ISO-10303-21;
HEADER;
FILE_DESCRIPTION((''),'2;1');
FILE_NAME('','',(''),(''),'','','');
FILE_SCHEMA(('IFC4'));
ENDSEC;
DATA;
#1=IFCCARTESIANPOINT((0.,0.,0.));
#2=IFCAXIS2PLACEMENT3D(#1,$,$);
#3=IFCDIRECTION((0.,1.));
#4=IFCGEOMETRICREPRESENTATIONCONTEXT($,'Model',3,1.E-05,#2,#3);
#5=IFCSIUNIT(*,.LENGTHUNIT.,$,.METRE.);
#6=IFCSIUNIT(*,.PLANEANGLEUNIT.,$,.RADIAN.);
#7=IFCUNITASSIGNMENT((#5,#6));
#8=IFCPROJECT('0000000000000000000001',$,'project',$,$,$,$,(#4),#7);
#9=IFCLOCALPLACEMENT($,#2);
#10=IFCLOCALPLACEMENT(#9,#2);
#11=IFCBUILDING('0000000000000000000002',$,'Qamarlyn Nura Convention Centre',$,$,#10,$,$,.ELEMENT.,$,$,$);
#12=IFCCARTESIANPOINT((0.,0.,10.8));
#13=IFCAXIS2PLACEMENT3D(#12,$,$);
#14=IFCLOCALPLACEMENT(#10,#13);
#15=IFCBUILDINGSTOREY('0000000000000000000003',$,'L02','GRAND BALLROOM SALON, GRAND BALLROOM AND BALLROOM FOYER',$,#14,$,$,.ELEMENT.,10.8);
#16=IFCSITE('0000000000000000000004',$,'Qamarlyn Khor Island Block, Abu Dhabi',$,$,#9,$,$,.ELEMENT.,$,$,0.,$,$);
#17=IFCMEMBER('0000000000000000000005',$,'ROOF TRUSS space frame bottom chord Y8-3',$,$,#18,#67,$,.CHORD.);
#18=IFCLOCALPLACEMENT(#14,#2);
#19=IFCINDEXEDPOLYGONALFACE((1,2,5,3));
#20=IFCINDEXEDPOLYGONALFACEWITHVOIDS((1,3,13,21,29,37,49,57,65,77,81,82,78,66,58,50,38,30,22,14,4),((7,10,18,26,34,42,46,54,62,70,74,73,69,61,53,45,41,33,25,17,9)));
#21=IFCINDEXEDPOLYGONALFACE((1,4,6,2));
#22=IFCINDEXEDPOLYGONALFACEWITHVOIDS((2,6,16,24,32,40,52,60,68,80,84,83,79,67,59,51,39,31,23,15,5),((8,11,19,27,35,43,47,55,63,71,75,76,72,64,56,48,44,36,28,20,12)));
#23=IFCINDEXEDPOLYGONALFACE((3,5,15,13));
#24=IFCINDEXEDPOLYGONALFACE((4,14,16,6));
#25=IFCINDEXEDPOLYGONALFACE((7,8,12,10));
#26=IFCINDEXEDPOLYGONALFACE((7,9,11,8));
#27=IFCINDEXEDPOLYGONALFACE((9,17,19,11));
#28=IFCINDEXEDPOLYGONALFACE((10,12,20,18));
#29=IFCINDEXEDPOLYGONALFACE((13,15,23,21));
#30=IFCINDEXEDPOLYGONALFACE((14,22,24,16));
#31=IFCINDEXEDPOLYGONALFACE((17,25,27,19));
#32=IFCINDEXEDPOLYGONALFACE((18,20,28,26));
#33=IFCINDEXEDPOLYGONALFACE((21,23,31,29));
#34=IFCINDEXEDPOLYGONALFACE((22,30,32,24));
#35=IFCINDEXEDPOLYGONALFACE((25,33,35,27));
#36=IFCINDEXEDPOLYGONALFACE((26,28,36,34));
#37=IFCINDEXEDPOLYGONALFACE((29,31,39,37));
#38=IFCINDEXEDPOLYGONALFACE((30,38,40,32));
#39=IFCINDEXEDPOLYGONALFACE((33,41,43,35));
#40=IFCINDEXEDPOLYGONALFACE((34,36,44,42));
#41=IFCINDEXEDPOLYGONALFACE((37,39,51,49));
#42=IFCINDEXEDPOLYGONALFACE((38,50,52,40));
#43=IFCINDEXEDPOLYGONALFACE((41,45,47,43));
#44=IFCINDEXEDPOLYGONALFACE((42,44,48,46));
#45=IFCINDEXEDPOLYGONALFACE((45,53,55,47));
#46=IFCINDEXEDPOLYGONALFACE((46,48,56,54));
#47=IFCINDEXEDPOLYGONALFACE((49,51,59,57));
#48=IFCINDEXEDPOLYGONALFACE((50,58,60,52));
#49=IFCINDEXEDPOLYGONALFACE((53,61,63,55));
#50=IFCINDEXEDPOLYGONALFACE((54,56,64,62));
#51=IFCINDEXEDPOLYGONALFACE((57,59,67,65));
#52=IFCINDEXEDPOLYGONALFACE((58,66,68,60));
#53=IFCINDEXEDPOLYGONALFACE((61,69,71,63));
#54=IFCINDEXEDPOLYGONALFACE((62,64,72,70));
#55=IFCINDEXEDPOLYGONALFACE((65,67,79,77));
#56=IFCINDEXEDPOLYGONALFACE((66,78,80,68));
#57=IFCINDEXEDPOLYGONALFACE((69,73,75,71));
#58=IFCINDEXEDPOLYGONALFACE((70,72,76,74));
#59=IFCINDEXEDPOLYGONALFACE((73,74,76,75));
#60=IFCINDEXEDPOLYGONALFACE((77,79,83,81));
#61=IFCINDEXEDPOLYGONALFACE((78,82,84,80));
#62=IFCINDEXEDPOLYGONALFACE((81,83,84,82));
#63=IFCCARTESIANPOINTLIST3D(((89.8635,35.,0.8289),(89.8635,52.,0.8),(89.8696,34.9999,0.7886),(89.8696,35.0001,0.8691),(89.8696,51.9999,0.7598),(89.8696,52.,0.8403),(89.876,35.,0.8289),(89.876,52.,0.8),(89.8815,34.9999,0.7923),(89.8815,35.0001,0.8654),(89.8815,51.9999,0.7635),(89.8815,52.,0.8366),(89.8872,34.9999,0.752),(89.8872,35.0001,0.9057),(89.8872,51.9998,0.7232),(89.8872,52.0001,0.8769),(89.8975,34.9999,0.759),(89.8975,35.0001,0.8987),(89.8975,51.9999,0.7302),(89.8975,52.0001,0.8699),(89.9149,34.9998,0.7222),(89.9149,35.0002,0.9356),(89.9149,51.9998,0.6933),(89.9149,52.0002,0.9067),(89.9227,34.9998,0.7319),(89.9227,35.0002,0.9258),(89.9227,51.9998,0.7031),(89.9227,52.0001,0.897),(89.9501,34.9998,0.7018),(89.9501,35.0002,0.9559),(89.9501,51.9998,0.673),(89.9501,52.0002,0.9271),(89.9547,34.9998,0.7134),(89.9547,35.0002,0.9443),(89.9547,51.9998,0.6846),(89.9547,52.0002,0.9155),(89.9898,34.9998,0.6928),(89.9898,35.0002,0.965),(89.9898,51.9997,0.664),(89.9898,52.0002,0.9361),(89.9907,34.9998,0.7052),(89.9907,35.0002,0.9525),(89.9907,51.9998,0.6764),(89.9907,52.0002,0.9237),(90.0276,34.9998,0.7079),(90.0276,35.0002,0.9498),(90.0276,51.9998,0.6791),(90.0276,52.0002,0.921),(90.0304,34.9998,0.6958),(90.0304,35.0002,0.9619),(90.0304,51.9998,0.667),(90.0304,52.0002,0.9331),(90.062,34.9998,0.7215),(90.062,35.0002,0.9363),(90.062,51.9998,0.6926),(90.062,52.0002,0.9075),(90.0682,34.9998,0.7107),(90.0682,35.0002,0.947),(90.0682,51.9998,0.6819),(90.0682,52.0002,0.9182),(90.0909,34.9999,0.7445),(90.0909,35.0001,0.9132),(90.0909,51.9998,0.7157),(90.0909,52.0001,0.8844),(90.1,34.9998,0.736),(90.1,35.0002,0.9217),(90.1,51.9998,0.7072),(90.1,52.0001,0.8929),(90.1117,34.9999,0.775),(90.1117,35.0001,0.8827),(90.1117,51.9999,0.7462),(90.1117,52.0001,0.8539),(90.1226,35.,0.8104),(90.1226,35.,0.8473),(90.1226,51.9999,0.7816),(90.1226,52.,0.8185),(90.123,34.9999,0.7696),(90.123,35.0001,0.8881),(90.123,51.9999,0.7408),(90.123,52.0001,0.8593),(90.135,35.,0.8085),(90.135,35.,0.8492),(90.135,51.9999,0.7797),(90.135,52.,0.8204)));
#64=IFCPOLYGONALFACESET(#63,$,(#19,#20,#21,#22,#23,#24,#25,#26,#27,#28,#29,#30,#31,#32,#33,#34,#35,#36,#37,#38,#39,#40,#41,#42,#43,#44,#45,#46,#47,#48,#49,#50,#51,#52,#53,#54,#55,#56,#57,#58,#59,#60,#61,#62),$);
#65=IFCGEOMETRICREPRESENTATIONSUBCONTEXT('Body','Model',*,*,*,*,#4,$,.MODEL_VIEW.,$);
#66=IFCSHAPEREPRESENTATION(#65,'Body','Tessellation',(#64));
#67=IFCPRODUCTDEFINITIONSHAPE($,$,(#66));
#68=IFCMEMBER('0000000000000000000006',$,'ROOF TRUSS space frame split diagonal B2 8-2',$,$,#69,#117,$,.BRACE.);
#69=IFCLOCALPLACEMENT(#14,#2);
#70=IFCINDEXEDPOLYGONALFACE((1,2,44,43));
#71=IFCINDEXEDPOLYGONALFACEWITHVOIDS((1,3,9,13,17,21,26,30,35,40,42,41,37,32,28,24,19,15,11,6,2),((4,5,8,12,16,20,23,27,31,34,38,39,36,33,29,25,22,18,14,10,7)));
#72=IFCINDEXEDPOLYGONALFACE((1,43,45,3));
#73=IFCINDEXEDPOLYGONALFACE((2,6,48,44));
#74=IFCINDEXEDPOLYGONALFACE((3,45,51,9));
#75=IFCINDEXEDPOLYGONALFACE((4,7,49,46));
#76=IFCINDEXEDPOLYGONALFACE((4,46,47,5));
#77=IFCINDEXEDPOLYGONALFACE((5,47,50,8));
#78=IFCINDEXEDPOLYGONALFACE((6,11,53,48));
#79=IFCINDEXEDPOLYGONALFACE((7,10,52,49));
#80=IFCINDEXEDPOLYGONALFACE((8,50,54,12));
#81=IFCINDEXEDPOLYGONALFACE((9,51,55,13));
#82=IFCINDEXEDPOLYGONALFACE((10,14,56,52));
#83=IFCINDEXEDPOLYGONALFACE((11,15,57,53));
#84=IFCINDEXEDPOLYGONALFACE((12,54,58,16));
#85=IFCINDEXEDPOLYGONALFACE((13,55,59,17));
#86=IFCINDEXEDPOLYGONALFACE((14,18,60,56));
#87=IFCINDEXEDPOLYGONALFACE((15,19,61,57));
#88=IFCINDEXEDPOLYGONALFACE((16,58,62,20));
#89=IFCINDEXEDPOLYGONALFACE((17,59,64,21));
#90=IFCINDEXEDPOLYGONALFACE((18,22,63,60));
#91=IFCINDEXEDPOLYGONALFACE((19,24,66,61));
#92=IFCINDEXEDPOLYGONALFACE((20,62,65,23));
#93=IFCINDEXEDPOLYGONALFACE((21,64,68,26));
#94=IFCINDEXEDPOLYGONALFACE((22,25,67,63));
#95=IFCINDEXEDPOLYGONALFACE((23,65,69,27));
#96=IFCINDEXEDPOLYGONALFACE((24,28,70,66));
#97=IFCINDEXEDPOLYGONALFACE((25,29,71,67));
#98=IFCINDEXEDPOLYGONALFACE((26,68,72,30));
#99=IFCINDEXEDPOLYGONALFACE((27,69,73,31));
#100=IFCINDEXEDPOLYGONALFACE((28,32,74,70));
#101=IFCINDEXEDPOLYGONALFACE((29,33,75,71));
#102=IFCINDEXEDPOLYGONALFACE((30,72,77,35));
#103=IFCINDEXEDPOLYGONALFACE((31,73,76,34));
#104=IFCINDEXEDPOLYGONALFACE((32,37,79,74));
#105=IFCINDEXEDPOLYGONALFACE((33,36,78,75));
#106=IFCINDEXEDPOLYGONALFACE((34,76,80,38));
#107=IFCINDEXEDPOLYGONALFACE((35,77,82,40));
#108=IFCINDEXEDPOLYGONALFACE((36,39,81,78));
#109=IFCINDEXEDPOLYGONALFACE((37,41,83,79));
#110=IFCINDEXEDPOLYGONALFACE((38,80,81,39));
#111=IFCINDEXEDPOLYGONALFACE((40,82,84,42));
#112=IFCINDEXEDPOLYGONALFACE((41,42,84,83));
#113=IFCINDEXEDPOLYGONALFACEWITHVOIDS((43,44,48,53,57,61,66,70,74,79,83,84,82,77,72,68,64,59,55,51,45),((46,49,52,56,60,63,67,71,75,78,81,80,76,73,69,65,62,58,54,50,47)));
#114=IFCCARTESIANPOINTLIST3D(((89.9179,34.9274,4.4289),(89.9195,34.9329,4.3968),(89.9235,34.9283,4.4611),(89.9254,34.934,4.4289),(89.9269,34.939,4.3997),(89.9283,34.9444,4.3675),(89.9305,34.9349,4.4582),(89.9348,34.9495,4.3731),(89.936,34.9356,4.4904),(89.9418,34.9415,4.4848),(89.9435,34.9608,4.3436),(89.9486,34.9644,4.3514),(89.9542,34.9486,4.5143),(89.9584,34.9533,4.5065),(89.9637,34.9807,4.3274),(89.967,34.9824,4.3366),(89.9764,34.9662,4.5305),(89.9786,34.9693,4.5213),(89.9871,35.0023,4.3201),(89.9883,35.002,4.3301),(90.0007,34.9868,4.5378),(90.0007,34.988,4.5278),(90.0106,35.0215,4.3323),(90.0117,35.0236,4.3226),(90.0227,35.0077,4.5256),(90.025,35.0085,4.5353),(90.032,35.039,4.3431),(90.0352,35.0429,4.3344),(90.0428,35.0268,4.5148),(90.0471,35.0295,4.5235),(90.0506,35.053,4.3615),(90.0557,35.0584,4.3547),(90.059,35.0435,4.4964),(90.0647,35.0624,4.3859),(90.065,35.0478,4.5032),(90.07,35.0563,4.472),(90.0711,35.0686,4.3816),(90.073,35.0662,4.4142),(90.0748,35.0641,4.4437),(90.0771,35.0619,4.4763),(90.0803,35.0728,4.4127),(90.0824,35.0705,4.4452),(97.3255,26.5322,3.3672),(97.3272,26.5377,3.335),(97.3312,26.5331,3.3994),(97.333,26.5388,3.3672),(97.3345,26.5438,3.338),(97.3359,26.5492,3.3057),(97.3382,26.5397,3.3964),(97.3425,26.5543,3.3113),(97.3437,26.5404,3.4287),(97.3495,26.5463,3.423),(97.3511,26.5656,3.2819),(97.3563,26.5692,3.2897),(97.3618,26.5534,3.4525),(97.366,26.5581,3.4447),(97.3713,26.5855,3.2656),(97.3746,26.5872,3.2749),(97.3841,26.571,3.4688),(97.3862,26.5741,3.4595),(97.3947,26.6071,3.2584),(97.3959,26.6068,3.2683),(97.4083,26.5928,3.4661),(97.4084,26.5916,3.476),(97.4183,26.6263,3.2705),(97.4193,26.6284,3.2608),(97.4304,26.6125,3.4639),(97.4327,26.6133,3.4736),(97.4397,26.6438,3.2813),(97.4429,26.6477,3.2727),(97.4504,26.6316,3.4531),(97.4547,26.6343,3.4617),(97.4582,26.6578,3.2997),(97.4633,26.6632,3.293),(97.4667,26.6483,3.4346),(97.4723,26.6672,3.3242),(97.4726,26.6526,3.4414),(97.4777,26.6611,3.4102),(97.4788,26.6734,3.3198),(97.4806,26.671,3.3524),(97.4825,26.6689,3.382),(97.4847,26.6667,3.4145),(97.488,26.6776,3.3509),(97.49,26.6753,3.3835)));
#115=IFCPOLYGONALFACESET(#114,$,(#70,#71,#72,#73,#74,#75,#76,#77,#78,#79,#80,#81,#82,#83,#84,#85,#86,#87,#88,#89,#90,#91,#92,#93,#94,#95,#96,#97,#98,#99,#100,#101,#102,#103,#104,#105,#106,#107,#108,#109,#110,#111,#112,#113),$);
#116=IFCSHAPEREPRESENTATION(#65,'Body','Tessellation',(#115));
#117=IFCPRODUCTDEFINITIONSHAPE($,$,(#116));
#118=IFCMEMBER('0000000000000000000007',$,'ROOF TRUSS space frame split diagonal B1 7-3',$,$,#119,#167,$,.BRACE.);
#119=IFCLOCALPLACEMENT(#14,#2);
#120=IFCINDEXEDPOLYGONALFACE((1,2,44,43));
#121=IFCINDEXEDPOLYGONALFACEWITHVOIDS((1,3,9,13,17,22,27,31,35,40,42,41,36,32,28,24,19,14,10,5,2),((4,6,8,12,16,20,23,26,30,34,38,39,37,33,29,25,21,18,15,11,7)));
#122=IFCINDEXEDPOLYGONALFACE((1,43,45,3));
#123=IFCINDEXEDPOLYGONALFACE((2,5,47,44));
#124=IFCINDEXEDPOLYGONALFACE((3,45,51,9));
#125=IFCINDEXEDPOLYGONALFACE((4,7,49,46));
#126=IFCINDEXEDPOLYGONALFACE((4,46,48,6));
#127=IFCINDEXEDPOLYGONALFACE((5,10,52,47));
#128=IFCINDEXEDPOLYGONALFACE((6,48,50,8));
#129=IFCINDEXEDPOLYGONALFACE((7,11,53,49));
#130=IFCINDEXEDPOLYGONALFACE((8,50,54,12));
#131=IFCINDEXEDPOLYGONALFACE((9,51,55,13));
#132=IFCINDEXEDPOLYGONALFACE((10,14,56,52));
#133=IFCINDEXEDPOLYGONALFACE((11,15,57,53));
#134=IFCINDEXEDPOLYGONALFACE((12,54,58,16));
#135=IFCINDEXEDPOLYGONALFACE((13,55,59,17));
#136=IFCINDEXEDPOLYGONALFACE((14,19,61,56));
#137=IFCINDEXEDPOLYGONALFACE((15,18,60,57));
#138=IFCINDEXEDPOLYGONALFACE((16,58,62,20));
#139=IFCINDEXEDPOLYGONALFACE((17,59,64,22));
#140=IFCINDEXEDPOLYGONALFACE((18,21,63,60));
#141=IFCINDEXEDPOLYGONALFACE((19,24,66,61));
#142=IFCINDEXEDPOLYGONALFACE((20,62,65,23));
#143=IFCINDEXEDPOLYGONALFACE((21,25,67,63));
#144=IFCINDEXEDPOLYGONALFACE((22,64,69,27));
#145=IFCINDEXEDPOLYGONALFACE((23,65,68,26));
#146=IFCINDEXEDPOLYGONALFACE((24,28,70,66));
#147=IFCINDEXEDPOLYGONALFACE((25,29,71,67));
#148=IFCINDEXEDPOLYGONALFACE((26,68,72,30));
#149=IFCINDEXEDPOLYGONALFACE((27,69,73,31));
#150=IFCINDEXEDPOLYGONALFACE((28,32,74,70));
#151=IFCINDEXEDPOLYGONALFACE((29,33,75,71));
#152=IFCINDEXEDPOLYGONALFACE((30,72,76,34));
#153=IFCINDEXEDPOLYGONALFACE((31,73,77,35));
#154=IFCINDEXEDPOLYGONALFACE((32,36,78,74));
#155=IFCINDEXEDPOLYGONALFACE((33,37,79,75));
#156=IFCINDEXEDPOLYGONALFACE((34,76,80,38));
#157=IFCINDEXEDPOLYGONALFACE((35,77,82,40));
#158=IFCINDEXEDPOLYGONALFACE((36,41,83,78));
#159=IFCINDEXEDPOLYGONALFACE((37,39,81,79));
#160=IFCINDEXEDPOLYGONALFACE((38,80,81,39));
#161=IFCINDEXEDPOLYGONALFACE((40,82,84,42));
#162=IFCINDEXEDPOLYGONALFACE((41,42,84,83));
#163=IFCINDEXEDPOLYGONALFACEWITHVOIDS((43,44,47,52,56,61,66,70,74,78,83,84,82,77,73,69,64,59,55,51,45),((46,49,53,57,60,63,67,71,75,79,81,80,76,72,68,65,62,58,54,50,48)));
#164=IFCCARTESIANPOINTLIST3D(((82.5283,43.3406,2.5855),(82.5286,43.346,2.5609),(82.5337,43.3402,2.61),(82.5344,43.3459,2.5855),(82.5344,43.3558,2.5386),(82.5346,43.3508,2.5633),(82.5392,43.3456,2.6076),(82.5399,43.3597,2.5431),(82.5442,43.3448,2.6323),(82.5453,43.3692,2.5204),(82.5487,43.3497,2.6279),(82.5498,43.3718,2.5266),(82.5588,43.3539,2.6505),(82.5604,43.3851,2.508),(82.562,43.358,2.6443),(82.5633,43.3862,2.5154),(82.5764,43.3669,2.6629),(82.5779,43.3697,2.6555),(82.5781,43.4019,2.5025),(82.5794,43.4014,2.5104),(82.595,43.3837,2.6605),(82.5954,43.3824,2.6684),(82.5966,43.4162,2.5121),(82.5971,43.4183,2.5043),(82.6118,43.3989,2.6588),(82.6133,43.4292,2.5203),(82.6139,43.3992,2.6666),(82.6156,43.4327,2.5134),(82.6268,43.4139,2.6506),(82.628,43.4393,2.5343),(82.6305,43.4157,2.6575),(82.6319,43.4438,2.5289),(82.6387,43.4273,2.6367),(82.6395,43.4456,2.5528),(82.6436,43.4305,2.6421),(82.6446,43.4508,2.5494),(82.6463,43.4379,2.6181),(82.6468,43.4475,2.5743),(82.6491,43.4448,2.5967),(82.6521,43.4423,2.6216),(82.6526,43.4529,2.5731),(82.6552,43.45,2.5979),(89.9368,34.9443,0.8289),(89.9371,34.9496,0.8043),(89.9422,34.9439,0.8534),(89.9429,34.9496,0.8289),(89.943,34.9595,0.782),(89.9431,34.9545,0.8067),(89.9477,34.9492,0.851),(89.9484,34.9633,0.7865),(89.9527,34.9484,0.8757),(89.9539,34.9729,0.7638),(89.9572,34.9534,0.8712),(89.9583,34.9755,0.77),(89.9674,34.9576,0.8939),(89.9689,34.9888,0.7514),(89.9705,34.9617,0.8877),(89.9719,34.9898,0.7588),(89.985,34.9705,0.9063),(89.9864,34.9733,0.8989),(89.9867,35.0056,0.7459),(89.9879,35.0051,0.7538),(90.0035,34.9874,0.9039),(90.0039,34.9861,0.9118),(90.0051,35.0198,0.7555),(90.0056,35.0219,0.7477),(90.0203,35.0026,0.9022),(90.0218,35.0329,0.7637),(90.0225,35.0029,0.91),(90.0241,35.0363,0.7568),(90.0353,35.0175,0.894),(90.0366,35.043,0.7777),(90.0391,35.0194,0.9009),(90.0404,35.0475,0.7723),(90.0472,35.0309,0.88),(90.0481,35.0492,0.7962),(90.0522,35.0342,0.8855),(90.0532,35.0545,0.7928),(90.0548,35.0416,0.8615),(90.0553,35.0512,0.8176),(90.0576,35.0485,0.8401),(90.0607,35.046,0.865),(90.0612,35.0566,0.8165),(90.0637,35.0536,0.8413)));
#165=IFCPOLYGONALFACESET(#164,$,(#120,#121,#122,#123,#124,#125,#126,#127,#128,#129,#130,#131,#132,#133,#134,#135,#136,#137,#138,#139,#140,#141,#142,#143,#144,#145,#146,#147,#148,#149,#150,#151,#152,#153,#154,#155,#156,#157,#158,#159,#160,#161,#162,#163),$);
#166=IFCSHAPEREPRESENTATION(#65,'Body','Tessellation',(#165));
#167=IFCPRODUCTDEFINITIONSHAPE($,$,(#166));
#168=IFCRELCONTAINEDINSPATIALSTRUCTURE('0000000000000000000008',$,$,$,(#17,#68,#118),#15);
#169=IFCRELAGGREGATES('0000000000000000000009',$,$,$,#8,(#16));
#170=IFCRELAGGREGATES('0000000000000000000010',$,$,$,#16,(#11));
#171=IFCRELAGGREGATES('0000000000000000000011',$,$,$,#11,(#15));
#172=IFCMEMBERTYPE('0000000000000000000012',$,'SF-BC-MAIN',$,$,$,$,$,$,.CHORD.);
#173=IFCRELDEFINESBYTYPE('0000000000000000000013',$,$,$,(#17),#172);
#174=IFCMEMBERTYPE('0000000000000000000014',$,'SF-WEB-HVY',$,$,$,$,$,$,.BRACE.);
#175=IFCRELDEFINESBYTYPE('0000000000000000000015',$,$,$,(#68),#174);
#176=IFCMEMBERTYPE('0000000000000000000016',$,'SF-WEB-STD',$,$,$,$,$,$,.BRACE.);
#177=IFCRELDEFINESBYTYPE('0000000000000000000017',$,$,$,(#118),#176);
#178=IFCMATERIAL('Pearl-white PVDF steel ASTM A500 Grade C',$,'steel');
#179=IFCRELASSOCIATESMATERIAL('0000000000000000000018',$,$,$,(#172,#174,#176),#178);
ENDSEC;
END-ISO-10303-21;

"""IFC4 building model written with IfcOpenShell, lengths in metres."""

from ifc_helpers import new_model, si_unit, direction, frame, origin, origin_2d, place, context, subcontext, project, spatial, hollow_circle, extrude, material, material_profile, profile_set, type_object, element, save


model = new_model("IFC4")

# Units and contexts
model_context = context("Model", 3, precision=1e-05, world=origin(), true_north=direction((0.0, 1.0)))
body_context = subcontext(model_context, "Body", "Model", "MODEL_VIEW")
ifc_project = project(units=[si_unit("LENGTHUNIT", "METRE"), si_unit("PLANEANGLEUNIT", "RADIAN")], contexts=[model_context])

# Site, building, storey
site_placement = place(None, origin())
site = spatial("IfcSite", under=ifc_project, at=site_placement, Name="Qamarlyn Khor Island Block, Abu Dhabi", CompositionType="ELEMENT", RefElevation=0.0)
building_placement = place(site_placement, origin())
building = spatial("IfcBuilding", under=site, at=building_placement, Name="Qamarlyn Nura Convention Centre", CompositionType="ELEMENT")
storey_placement = place(building_placement, frame((0.0, 0.0, 10.8)))
storey = spatial("IfcBuildingStorey", under=building, at=storey_placement, Name="L02", Description="GRAND BALLROOM SALON, GRAND BALLROOM AND BALLROOM FOYER", CompositionType="ELEMENT", Elevation=10.8)

# Members
ifc_material_1 = material(Name="Pearl-white PVDF steel ASTM A500 Grade C", Category="steel")
ifc_material_profile_1 = material_profile(ifc_material_1, hollow_circle(Radius=0.1365, WallThickness=0.0125, at=origin_2d()), Name="CHS273X12.5")
ifc_profile_set_1 = profile_set([ifc_material_profile_1], Name="Pearl-white PVDF steel ASTM A500 Grade C")
member_type_1 = type_object("IfcMemberType", Name="SF-BC-MAIN", PredefinedType="CHORD", material=ifc_profile_set_1)
member_1_placement = place(storey_placement, frame((90.0, 35.0, 0.8289), z_axis=(0.0, 0.999999, -0.001695), x_axis=(-1.0, 0.0, 0.0)))
element("IfcMember", 1, at=member_1_placement, inside=storey, type_object=member_type_1, Name="ROOF TRUSS space frame bottom chord Y8-3", PredefinedType="CHORD", context=body_context, shape_type="SweptSolid", body=[
    extrude(hollow_circle(Radius=0.1365, WallThickness=0.0125, at=origin_2d()), origin(), (0.0, 0.0, 1.0), 17.0),
])
ifc_material_profile_2 = material_profile(ifc_material_1, hollow_circle(Radius=0.1096, WallThickness=0.01, at=origin_2d()), Name="CHS219.1X10")
ifc_profile_set_2 = profile_set([ifc_material_profile_2], Name="Pearl-white PVDF steel ASTM A500 Grade C")
member_type_2 = type_object("IfcMemberType", Name="SF-WEB-HVY", PredefinedType="BRACE", material=ifc_profile_set_2)
member_2_placement = place(storey_placement, frame((97.4077, 26.6047, 3.3672), z_axis=(-0.658673, 0.746483, 0.094409), x_axis=(-0.749832, -0.661628, 0.0)))
element("IfcMember", 2, at=member_2_placement, inside=storey, type_object=member_type_2, Name="ROOF TRUSS space frame split diagonal B2 8-2", PredefinedType="BRACE", context=body_context, shape_type="SweptSolid", body=[
    extrude(hollow_circle(Radius=0.1096, WallThickness=0.01, at=origin_2d()), origin(), (0.0, 0.0, 1.0), 11.2463),
])
ifc_material_profile_3 = material_profile(ifc_material_1, hollow_circle(Radius=0.0842, WallThickness=0.0081, at=origin_2d()), Name="CHS168.3X8")
ifc_profile_set_3 = profile_set([ifc_material_profile_3], Name="Pearl-white PVDF steel ASTM A500 Grade C")
member_type_3 = type_object("IfcMemberType", Name="SF-WEB-STD", PredefinedType="BRACE", material=ifc_profile_set_3)
member_3_placement = place(storey_placement, frame((90.0, 35.0, 0.8289), z_axis=(-0.653628, 0.740778, 0.154979), x_axis=(-0.749838, -0.661622, 0.0)))
element("IfcMember", 3, at=member_3_placement, inside=storey, type_object=member_type_3, Name="ROOF TRUSS space frame split diagonal B1 7-3", PredefinedType="BRACE", context=body_context, shape_type="SweptSolid", body=[
    extrude(hollow_circle(Radius=0.0842, WallThickness=0.0081, at=origin_2d()), origin(), (0.0, 0.0, 1.0), 11.3345),
])

save(model, "model.ifc")
